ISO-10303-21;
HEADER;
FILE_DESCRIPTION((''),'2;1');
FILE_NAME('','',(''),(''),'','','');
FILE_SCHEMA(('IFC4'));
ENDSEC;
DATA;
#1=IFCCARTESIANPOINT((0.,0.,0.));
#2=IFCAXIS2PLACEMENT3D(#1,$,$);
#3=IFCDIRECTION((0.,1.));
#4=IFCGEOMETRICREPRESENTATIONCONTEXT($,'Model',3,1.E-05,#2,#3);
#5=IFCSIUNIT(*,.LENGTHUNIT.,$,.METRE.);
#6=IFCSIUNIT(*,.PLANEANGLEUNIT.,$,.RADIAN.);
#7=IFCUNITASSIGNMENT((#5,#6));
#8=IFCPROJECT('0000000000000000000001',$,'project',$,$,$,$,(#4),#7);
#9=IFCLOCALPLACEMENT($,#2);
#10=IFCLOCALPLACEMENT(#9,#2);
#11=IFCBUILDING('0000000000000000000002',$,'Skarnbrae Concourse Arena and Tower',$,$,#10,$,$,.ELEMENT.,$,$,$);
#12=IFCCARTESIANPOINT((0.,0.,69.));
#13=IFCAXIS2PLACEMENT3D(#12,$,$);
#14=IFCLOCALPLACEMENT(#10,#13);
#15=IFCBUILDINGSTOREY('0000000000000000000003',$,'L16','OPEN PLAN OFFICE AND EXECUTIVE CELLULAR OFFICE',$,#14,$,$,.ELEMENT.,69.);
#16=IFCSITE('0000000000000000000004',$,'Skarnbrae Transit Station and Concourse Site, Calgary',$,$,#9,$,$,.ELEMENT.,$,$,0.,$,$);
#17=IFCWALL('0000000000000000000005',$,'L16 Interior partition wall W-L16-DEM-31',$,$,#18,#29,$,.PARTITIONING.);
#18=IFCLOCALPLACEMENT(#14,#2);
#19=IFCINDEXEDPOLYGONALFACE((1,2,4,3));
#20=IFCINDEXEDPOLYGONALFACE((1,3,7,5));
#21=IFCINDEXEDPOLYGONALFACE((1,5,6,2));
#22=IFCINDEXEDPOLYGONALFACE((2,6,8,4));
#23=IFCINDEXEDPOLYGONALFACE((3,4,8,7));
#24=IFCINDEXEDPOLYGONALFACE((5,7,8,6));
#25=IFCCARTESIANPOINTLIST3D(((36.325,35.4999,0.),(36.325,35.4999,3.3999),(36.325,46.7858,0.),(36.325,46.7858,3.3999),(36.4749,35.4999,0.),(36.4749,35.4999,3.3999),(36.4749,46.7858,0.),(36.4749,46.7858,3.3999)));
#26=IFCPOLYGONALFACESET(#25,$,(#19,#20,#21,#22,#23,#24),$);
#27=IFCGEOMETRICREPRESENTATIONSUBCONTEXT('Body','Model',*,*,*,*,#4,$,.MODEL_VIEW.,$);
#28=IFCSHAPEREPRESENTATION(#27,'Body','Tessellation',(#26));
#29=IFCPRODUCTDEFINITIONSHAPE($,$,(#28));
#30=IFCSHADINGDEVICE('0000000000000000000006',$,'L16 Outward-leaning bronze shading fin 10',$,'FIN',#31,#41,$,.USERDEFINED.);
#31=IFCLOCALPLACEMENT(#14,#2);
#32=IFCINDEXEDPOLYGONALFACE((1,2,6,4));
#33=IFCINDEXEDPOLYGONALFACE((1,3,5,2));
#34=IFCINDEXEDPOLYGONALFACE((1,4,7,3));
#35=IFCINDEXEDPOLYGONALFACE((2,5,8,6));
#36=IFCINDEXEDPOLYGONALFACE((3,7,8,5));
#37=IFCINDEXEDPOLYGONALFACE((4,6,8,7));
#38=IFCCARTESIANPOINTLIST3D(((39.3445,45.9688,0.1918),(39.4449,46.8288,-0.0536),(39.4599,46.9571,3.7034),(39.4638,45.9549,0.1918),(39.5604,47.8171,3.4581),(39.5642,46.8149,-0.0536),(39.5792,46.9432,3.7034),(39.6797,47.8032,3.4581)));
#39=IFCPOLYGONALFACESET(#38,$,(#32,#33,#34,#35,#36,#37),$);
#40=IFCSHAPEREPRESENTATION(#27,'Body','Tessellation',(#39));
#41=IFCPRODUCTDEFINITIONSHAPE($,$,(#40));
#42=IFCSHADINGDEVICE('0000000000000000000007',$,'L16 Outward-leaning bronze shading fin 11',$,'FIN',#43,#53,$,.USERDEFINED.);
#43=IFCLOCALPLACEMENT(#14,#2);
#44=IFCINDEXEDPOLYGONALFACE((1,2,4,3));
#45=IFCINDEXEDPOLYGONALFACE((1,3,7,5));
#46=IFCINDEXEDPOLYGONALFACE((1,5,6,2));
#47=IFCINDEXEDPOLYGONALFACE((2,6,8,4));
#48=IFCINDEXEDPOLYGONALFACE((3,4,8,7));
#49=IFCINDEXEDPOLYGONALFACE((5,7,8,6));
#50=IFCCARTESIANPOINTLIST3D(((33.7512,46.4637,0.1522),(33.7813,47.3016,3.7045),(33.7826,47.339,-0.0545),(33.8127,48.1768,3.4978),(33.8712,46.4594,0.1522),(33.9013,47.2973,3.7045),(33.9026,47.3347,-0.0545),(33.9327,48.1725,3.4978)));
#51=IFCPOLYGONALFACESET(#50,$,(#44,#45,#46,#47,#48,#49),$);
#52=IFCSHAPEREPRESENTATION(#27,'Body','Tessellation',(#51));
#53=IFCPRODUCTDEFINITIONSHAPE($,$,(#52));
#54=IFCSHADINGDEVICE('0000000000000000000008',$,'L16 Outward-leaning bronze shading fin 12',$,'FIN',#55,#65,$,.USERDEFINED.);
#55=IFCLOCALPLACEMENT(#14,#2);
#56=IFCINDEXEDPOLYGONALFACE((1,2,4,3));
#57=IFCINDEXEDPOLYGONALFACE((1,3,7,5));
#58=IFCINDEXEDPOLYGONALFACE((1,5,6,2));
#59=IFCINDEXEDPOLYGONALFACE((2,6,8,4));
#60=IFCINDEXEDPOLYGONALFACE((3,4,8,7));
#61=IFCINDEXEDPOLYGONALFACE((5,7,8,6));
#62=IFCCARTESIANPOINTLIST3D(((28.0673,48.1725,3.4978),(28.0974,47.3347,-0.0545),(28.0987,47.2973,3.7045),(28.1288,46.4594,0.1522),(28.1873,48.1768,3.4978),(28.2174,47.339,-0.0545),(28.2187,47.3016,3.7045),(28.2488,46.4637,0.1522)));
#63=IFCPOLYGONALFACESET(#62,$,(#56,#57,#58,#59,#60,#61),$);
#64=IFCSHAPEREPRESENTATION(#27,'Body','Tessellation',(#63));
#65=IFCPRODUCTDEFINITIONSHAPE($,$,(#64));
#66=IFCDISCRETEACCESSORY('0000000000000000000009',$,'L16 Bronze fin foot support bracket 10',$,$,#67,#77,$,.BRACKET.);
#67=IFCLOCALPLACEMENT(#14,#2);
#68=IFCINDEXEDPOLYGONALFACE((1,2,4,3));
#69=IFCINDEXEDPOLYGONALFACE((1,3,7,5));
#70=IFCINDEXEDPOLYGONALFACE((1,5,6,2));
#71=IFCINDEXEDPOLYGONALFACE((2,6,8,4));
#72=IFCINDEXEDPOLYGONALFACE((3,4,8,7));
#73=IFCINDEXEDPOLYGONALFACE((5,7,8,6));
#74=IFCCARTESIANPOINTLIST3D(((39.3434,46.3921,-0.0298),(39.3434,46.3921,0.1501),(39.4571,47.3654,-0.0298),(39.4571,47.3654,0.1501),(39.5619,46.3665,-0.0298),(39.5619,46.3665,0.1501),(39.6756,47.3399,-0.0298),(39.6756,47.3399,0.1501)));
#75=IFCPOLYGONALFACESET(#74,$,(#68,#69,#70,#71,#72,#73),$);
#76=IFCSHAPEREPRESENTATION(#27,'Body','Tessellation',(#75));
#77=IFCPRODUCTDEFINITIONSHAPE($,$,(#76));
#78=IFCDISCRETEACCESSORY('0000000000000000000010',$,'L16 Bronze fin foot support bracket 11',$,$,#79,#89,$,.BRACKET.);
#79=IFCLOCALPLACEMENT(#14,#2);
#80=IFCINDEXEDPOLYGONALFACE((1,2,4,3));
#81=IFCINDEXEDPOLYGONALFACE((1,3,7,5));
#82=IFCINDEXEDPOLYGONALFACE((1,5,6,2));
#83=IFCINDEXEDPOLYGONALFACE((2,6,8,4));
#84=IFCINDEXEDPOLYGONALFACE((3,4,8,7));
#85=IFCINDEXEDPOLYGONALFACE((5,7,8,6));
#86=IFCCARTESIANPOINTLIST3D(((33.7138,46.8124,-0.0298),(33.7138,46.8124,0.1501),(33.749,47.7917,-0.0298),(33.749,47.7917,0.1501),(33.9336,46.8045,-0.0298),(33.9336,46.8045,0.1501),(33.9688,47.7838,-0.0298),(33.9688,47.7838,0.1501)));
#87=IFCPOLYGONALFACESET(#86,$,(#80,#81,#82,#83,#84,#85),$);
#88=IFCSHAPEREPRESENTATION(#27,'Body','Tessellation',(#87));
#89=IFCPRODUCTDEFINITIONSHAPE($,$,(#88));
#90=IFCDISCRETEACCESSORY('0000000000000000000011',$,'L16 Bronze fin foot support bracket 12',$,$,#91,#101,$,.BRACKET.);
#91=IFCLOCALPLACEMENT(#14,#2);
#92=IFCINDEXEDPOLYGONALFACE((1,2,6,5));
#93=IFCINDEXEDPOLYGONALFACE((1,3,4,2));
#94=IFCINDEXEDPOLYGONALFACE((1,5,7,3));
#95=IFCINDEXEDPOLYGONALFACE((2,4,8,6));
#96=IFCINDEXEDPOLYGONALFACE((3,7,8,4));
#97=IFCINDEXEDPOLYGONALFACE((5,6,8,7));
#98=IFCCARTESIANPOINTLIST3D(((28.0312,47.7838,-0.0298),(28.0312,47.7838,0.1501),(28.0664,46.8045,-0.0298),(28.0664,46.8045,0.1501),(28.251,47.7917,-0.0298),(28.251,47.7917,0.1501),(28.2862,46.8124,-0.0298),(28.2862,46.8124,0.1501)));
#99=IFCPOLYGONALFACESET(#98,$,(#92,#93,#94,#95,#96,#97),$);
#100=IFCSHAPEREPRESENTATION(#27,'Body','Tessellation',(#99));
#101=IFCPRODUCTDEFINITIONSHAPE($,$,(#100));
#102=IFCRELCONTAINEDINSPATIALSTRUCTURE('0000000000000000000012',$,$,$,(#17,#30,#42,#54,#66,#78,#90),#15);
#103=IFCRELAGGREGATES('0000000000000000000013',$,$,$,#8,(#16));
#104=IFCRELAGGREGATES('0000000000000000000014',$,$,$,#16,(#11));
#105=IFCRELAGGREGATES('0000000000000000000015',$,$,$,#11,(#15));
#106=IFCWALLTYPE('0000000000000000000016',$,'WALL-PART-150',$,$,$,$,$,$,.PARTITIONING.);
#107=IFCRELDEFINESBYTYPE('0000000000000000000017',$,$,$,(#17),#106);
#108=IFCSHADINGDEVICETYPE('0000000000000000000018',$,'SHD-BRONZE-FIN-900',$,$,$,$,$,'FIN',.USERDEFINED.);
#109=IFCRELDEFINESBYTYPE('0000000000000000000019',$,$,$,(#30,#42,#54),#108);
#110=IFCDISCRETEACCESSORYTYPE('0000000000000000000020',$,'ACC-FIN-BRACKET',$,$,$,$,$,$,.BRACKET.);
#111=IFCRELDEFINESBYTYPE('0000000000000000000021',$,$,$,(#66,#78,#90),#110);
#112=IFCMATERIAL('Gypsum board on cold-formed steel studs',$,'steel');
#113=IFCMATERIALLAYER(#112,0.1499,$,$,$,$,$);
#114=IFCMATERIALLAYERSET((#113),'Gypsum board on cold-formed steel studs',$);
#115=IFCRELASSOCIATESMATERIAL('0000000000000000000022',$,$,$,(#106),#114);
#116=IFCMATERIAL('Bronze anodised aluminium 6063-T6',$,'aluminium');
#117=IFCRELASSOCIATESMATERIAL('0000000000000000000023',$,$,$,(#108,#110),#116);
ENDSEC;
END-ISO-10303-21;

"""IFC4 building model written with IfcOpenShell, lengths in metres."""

from ifc_helpers import new_model, si_unit, direction, frame, frame_2d, origin, origin_2d, place, context, subcontext, project, spatial, rectangle, extrude, source, transform, mapped, material, layer, layer_set, type_object, element, save


model = new_model("IFC4")

# Units and contexts
model_context = context("Model", 3, precision=1e-05, world=origin(), true_north=direction((0.0, 1.0)))
body_context = subcontext(model_context, "Body", "Model", "MODEL_VIEW")
ifc_project = project(units=[si_unit("LENGTHUNIT", "METRE"), si_unit("PLANEANGLEUNIT", "RADIAN")], contexts=[model_context])

# Site, building, storey
site_placement = place(None, origin())
site = spatial("IfcSite", under=ifc_project, at=site_placement, Name="Skarnbrae Transit Station and Concourse Site, Calgary", CompositionType="ELEMENT", RefElevation=0.0)
building_placement = place(site_placement, origin())
building = spatial("IfcBuilding", under=site, at=building_placement, Name="Skarnbrae Concourse Arena and Tower", CompositionType="ELEMENT")
storey_placement = place(building_placement, frame((0.0, 0.0, 69.0)))
storey = spatial("IfcBuildingStorey", under=building, at=storey_placement, Name="L16", Description="OPEN PLAN OFFICE AND EXECUTIVE CELLULAR OFFICE", CompositionType="ELEMENT", Elevation=69.0)

# Shared definitions
ifc_material_1 = material(Name="Bronze anodised aluminium 6063-T6", Category="aluminium")

# Wall
ifc_material_2 = material(Name="Gypsum board on cold-formed steel studs", Category="steel")
ifc_layer_1 = layer(ifc_material_2, 0.1499)
ifc_layer_set_1 = layer_set([ifc_layer_1], Name="Gypsum board on cold-formed steel studs")
wall_type = type_object("IfcWallType", Name="WALL-PART-150", PredefinedType="PARTITIONING", material=ifc_layer_set_1)
shared_shape_1 = source(origin(), body_context, "Body", "SweptSolid", [
    extrude(rectangle(XDim=11.2859, YDim=0.1499, at=frame_2d((5.6431, 0.0))), origin(), (0.0, 0.0, 1.0), 3.3999),
])
wall_placement = place(storey_placement, frame((36.3999, 46.7859, 0.0), z_axis=(0.0, 0.0, 1.0), x_axis=(0.0, -1.0, 0.0)))
element("IfcWall", 1, at=wall_placement, inside=storey, type_object=wall_type, Name="L16 Interior partition wall W-L16-DEM-31", PredefinedType="PARTITIONING", context=body_context, shape_type="MappedRepresentation", body=[
    mapped(shared_shape_1, transform((0.0, 0.0, 0.0))),
])

# Shading devices
shading_device_type = type_object("IfcShadingDeviceType", Name="SHD-BRONZE-FIN-900", ElementType="FIN", PredefinedType="USERDEFINED", material=ifc_material_1)
shared_shape_2 = source(origin(), body_context, "Body", "SweptSolid", [
    extrude(rectangle(XDim=0.1201, YDim=0.8999, at=origin_2d()), origin(), (0.0, 0.0, 1.0), 3.6499),
])
for number, where, z_axis, x_axis, name in (
    (2, (39.4543, 46.3918, 0.0691), (0.031636, 0.270774, 0.962123), (0.993244, -0.116047, 0.0), "L16 Outward-leaning bronze shading fin 10"),
    (3, (33.8269, 46.8992, 0.0488), (0.008245, 0.229562, 0.973259), (0.999356, -0.035894, 0.0), "L16 Outward-leaning bronze shading fin 11"),
    (4, (28.1731, 46.8992, 0.0488), (-0.008245, 0.229562, 0.973259), (0.999356, 0.035894, 0.0), "L16 Outward-leaning bronze shading fin 12"),
):
    element("IfcShadingDevice", number, at=place(storey_placement, frame(where, z_axis=z_axis, x_axis=x_axis)), inside=storey, type_object=shading_device_type, Name=name, ObjectType="FIN", PredefinedType="USERDEFINED", context=body_context, shape_type="MappedRepresentation", body=[
        mapped(shared_shape_2, transform((0.0, 0.0, 0.0))),
    ])

# Discrete accessories
discrete_accessory_type = type_object("IfcDiscreteAccessoryType", Name="ACC-FIN-BRACKET", PredefinedType="BRACKET", material=ifc_material_1)
shared_shape_3 = source(origin(), body_context, "Body", "SweptSolid", [
    extrude(rectangle(XDim=0.22, YDim=0.98, at=origin_2d()), origin(), (0.0, 0.0, 1.0), 0.1799),
])
for number, where, z_axis, x_axis, name in (
    (5, (39.5095, 46.866, -0.0298), (0.0, 0.0, 1.0), (0.993244, -0.116047, 0.0), "L16 Bronze fin foot support bracket 10"),
    (6, (33.8413, 47.2981, -0.0298), (0.0, 0.0, 1.0), (0.999356, -0.035894, 0.0), "L16 Bronze fin foot support bracket 11"),
    (7, (28.1587, 47.2981, -0.0298), (0.0, 0.0, 1.0), (0.999356, 0.035894, 0.0), "L16 Bronze fin foot support bracket 12"),
):
    element("IfcDiscreteAccessory", number, at=place(storey_placement, frame(where, z_axis=z_axis, x_axis=x_axis)), inside=storey, type_object=discrete_accessory_type, Name=name, PredefinedType="BRACKET", context=body_context, shape_type="MappedRepresentation", body=[
        mapped(shared_shape_3, transform((0.0, 0.0, 0.0))),
    ])

save(model, "model.ifc")
